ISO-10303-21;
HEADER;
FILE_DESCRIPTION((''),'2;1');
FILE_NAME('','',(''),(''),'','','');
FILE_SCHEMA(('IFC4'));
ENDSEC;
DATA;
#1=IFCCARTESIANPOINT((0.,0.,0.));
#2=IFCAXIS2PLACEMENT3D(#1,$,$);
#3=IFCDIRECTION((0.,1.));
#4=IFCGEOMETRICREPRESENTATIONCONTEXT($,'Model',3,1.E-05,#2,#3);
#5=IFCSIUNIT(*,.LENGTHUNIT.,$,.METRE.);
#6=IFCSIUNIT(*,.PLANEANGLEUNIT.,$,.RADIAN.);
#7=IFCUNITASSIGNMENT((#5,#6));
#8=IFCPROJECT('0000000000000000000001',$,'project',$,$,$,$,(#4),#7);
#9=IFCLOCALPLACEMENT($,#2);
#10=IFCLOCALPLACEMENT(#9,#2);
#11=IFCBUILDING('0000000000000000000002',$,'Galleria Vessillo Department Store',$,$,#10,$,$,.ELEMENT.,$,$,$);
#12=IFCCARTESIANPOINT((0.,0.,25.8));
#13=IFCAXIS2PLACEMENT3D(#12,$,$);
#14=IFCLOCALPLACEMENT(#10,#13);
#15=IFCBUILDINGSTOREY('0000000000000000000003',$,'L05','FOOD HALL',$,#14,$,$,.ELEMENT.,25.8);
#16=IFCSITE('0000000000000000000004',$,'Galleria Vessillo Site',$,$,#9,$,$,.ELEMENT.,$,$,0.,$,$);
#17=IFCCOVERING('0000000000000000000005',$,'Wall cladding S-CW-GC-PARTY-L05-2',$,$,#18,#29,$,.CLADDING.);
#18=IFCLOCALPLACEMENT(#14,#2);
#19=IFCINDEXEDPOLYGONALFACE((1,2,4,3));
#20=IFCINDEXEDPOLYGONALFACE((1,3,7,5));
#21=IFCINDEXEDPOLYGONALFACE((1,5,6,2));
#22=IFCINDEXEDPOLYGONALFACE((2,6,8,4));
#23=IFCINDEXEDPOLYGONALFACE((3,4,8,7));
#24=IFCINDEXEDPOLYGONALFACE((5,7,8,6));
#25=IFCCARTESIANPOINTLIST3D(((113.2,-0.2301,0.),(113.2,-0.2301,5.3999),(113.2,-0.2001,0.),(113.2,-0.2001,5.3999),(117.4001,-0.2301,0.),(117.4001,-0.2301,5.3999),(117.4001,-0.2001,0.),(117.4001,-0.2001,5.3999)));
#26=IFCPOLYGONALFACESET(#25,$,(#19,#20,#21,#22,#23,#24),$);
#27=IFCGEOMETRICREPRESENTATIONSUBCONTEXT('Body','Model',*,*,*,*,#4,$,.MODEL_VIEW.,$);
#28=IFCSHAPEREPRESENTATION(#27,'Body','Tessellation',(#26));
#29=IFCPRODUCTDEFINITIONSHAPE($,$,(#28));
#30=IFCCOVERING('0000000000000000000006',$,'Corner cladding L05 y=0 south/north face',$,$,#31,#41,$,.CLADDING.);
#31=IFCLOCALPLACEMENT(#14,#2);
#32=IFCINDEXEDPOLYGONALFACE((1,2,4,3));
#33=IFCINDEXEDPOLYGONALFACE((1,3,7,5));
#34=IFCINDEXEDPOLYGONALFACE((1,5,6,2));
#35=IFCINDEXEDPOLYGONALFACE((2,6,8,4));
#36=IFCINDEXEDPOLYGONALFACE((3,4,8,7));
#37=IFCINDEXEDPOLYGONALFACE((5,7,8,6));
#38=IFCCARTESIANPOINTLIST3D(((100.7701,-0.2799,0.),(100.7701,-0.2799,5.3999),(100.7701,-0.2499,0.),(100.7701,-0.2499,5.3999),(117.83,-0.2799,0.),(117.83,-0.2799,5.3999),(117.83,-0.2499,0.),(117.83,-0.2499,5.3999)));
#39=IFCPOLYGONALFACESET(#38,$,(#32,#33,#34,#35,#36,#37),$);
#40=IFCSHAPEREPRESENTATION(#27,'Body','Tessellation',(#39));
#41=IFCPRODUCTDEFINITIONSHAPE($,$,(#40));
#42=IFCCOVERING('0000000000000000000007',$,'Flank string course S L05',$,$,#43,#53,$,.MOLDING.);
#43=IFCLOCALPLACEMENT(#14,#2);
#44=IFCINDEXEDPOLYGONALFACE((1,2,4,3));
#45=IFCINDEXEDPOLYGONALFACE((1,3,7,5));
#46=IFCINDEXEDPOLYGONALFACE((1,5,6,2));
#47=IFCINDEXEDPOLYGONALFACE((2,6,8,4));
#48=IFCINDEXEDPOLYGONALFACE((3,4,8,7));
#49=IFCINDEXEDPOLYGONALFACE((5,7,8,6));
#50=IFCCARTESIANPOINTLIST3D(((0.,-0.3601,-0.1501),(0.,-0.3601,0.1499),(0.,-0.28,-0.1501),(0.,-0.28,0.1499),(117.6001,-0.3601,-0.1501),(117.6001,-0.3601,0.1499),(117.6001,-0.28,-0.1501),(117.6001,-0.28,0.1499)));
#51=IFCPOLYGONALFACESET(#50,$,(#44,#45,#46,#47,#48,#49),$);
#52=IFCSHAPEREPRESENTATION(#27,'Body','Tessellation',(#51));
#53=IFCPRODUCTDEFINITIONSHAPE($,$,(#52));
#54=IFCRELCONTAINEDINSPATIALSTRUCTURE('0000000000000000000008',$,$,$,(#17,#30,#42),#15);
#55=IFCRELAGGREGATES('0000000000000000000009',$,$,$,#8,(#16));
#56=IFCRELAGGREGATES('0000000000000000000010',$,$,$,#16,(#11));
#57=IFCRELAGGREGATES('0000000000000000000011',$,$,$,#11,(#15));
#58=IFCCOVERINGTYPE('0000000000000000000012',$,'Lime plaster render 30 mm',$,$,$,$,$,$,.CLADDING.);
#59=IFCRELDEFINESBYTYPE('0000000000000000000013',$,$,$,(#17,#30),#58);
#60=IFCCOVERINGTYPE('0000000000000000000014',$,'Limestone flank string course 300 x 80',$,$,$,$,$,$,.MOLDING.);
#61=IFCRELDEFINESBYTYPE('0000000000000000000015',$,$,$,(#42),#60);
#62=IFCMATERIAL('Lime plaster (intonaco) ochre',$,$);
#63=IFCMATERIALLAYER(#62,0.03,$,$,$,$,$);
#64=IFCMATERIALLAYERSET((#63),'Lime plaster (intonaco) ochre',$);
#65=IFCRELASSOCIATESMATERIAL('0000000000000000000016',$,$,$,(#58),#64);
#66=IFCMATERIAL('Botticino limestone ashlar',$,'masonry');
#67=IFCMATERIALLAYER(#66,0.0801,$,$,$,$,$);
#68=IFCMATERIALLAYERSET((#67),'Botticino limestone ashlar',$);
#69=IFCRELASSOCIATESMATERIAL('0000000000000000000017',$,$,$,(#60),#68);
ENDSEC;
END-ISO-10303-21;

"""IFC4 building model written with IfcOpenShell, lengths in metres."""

from ifc_helpers import new_model, si_unit, direction, frame, origin, origin_2d, place, context, subcontext, project, spatial, polyline, rectangle, outline, extrude, material, layer, layer_set, type_object, element, save


model = new_model("IFC4")

# Units and contexts
model_context = context("Model", 3, precision=1e-05, world=origin(), true_north=direction((0.0, 1.0)))
body_context = subcontext(model_context, "Body", "Model", "MODEL_VIEW")
ifc_project = project(units=[si_unit("LENGTHUNIT", "METRE"), si_unit("PLANEANGLEUNIT", "RADIAN")], contexts=[model_context])

# Site, building, storey
site_placement = place(None, origin())
site = spatial("IfcSite", under=ifc_project, at=site_placement, Name="Galleria Vessillo Site", CompositionType="ELEMENT", RefElevation=0.0)
building_placement = place(site_placement, origin())
building = spatial("IfcBuilding", under=site, at=building_placement, Name="Galleria Vessillo Department Store", CompositionType="ELEMENT")
storey_placement = place(building_placement, frame((0.0, 0.0, 25.8)))
storey = spatial("IfcBuildingStorey", under=building, at=storey_placement, Name="L05", Description="FOOD HALL", CompositionType="ELEMENT", Elevation=25.8)

# Coverings
ifc_material_1 = material(Name="Lime plaster (intonaco) ochre")
ifc_layer_1 = layer(ifc_material_1, 0.03)
ifc_layer_set_1 = layer_set([ifc_layer_1], Name="Lime plaster (intonaco) ochre")
covering_type_1 = type_object("IfcCoveringType", Name="Lime plaster render 30 mm", PredefinedType="CLADDING", material=ifc_layer_set_1)
covering_1_placement = place(storey_placement, frame((115.3, -0.2151, 0.0), z_axis=(0.0, 0.0, 1.0), x_axis=(1.0, 0.0, 0.0)))
element("IfcCovering", 1, at=covering_1_placement, inside=storey, type_object=covering_type_1, Name="Wall cladding S-CW-GC-PARTY-L05-2", PredefinedType="CLADDING", context=body_context, shape_type="SweptSolid", body=[
    extrude(rectangle(XDim=4.2002, YDim=0.03, at=origin_2d()), origin(), (0.0, 0.0, 1.0), 5.3999),
])
covering_2_placement = place(storey_placement, frame((109.3, -0.2649, 0.0), z_axis=(0.0, 0.0, 1.0), x_axis=(1.0, 0.0, 0.0)))
element("IfcCovering", 2, at=covering_2_placement, inside=storey, type_object=covering_type_1, Name="Corner cladding L05 y=0 south/north face", PredefinedType="CLADDING", context=body_context, shape_type="SweptSolid", body=[
    extrude(rectangle(XDim=17.0598, YDim=0.03, at=origin_2d()), origin(), (0.0, 0.0, 1.0), 5.3999),
])
ifc_material_2 = material(Name="Botticino limestone ashlar", Category="masonry")
ifc_layer_2 = layer(ifc_material_2, 0.0801)
ifc_layer_set_2 = layer_set([ifc_layer_2], Name="Botticino limestone ashlar")
covering_type_2 = type_object("IfcCoveringType", Name="Limestone flank string course 300 x 80", PredefinedType="MOLDING", material=ifc_layer_set_2)
covering_3_placement = place(storey_placement, frame((117.6001, 0.0, -0.1501), z_axis=(-1.0, 0.0, 0.0), x_axis=(0.0, -1.0, 0.0)))
element("IfcCovering", 3, at=covering_3_placement, inside=storey, type_object=covering_type_2, Name="Flank string course S L05", PredefinedType="MOLDING", context=body_context, shape_type="SweptSolid", body=[
    extrude(outline(polyline([(0.28, 0.0), (0.3601, 0.0), (0.3601, 0.3), (0.28, 0.3), (0.28, 0.0)])), origin(), (0.0, 0.0, 1.0), 117.6001),
])

save(model, "model.ifc")
